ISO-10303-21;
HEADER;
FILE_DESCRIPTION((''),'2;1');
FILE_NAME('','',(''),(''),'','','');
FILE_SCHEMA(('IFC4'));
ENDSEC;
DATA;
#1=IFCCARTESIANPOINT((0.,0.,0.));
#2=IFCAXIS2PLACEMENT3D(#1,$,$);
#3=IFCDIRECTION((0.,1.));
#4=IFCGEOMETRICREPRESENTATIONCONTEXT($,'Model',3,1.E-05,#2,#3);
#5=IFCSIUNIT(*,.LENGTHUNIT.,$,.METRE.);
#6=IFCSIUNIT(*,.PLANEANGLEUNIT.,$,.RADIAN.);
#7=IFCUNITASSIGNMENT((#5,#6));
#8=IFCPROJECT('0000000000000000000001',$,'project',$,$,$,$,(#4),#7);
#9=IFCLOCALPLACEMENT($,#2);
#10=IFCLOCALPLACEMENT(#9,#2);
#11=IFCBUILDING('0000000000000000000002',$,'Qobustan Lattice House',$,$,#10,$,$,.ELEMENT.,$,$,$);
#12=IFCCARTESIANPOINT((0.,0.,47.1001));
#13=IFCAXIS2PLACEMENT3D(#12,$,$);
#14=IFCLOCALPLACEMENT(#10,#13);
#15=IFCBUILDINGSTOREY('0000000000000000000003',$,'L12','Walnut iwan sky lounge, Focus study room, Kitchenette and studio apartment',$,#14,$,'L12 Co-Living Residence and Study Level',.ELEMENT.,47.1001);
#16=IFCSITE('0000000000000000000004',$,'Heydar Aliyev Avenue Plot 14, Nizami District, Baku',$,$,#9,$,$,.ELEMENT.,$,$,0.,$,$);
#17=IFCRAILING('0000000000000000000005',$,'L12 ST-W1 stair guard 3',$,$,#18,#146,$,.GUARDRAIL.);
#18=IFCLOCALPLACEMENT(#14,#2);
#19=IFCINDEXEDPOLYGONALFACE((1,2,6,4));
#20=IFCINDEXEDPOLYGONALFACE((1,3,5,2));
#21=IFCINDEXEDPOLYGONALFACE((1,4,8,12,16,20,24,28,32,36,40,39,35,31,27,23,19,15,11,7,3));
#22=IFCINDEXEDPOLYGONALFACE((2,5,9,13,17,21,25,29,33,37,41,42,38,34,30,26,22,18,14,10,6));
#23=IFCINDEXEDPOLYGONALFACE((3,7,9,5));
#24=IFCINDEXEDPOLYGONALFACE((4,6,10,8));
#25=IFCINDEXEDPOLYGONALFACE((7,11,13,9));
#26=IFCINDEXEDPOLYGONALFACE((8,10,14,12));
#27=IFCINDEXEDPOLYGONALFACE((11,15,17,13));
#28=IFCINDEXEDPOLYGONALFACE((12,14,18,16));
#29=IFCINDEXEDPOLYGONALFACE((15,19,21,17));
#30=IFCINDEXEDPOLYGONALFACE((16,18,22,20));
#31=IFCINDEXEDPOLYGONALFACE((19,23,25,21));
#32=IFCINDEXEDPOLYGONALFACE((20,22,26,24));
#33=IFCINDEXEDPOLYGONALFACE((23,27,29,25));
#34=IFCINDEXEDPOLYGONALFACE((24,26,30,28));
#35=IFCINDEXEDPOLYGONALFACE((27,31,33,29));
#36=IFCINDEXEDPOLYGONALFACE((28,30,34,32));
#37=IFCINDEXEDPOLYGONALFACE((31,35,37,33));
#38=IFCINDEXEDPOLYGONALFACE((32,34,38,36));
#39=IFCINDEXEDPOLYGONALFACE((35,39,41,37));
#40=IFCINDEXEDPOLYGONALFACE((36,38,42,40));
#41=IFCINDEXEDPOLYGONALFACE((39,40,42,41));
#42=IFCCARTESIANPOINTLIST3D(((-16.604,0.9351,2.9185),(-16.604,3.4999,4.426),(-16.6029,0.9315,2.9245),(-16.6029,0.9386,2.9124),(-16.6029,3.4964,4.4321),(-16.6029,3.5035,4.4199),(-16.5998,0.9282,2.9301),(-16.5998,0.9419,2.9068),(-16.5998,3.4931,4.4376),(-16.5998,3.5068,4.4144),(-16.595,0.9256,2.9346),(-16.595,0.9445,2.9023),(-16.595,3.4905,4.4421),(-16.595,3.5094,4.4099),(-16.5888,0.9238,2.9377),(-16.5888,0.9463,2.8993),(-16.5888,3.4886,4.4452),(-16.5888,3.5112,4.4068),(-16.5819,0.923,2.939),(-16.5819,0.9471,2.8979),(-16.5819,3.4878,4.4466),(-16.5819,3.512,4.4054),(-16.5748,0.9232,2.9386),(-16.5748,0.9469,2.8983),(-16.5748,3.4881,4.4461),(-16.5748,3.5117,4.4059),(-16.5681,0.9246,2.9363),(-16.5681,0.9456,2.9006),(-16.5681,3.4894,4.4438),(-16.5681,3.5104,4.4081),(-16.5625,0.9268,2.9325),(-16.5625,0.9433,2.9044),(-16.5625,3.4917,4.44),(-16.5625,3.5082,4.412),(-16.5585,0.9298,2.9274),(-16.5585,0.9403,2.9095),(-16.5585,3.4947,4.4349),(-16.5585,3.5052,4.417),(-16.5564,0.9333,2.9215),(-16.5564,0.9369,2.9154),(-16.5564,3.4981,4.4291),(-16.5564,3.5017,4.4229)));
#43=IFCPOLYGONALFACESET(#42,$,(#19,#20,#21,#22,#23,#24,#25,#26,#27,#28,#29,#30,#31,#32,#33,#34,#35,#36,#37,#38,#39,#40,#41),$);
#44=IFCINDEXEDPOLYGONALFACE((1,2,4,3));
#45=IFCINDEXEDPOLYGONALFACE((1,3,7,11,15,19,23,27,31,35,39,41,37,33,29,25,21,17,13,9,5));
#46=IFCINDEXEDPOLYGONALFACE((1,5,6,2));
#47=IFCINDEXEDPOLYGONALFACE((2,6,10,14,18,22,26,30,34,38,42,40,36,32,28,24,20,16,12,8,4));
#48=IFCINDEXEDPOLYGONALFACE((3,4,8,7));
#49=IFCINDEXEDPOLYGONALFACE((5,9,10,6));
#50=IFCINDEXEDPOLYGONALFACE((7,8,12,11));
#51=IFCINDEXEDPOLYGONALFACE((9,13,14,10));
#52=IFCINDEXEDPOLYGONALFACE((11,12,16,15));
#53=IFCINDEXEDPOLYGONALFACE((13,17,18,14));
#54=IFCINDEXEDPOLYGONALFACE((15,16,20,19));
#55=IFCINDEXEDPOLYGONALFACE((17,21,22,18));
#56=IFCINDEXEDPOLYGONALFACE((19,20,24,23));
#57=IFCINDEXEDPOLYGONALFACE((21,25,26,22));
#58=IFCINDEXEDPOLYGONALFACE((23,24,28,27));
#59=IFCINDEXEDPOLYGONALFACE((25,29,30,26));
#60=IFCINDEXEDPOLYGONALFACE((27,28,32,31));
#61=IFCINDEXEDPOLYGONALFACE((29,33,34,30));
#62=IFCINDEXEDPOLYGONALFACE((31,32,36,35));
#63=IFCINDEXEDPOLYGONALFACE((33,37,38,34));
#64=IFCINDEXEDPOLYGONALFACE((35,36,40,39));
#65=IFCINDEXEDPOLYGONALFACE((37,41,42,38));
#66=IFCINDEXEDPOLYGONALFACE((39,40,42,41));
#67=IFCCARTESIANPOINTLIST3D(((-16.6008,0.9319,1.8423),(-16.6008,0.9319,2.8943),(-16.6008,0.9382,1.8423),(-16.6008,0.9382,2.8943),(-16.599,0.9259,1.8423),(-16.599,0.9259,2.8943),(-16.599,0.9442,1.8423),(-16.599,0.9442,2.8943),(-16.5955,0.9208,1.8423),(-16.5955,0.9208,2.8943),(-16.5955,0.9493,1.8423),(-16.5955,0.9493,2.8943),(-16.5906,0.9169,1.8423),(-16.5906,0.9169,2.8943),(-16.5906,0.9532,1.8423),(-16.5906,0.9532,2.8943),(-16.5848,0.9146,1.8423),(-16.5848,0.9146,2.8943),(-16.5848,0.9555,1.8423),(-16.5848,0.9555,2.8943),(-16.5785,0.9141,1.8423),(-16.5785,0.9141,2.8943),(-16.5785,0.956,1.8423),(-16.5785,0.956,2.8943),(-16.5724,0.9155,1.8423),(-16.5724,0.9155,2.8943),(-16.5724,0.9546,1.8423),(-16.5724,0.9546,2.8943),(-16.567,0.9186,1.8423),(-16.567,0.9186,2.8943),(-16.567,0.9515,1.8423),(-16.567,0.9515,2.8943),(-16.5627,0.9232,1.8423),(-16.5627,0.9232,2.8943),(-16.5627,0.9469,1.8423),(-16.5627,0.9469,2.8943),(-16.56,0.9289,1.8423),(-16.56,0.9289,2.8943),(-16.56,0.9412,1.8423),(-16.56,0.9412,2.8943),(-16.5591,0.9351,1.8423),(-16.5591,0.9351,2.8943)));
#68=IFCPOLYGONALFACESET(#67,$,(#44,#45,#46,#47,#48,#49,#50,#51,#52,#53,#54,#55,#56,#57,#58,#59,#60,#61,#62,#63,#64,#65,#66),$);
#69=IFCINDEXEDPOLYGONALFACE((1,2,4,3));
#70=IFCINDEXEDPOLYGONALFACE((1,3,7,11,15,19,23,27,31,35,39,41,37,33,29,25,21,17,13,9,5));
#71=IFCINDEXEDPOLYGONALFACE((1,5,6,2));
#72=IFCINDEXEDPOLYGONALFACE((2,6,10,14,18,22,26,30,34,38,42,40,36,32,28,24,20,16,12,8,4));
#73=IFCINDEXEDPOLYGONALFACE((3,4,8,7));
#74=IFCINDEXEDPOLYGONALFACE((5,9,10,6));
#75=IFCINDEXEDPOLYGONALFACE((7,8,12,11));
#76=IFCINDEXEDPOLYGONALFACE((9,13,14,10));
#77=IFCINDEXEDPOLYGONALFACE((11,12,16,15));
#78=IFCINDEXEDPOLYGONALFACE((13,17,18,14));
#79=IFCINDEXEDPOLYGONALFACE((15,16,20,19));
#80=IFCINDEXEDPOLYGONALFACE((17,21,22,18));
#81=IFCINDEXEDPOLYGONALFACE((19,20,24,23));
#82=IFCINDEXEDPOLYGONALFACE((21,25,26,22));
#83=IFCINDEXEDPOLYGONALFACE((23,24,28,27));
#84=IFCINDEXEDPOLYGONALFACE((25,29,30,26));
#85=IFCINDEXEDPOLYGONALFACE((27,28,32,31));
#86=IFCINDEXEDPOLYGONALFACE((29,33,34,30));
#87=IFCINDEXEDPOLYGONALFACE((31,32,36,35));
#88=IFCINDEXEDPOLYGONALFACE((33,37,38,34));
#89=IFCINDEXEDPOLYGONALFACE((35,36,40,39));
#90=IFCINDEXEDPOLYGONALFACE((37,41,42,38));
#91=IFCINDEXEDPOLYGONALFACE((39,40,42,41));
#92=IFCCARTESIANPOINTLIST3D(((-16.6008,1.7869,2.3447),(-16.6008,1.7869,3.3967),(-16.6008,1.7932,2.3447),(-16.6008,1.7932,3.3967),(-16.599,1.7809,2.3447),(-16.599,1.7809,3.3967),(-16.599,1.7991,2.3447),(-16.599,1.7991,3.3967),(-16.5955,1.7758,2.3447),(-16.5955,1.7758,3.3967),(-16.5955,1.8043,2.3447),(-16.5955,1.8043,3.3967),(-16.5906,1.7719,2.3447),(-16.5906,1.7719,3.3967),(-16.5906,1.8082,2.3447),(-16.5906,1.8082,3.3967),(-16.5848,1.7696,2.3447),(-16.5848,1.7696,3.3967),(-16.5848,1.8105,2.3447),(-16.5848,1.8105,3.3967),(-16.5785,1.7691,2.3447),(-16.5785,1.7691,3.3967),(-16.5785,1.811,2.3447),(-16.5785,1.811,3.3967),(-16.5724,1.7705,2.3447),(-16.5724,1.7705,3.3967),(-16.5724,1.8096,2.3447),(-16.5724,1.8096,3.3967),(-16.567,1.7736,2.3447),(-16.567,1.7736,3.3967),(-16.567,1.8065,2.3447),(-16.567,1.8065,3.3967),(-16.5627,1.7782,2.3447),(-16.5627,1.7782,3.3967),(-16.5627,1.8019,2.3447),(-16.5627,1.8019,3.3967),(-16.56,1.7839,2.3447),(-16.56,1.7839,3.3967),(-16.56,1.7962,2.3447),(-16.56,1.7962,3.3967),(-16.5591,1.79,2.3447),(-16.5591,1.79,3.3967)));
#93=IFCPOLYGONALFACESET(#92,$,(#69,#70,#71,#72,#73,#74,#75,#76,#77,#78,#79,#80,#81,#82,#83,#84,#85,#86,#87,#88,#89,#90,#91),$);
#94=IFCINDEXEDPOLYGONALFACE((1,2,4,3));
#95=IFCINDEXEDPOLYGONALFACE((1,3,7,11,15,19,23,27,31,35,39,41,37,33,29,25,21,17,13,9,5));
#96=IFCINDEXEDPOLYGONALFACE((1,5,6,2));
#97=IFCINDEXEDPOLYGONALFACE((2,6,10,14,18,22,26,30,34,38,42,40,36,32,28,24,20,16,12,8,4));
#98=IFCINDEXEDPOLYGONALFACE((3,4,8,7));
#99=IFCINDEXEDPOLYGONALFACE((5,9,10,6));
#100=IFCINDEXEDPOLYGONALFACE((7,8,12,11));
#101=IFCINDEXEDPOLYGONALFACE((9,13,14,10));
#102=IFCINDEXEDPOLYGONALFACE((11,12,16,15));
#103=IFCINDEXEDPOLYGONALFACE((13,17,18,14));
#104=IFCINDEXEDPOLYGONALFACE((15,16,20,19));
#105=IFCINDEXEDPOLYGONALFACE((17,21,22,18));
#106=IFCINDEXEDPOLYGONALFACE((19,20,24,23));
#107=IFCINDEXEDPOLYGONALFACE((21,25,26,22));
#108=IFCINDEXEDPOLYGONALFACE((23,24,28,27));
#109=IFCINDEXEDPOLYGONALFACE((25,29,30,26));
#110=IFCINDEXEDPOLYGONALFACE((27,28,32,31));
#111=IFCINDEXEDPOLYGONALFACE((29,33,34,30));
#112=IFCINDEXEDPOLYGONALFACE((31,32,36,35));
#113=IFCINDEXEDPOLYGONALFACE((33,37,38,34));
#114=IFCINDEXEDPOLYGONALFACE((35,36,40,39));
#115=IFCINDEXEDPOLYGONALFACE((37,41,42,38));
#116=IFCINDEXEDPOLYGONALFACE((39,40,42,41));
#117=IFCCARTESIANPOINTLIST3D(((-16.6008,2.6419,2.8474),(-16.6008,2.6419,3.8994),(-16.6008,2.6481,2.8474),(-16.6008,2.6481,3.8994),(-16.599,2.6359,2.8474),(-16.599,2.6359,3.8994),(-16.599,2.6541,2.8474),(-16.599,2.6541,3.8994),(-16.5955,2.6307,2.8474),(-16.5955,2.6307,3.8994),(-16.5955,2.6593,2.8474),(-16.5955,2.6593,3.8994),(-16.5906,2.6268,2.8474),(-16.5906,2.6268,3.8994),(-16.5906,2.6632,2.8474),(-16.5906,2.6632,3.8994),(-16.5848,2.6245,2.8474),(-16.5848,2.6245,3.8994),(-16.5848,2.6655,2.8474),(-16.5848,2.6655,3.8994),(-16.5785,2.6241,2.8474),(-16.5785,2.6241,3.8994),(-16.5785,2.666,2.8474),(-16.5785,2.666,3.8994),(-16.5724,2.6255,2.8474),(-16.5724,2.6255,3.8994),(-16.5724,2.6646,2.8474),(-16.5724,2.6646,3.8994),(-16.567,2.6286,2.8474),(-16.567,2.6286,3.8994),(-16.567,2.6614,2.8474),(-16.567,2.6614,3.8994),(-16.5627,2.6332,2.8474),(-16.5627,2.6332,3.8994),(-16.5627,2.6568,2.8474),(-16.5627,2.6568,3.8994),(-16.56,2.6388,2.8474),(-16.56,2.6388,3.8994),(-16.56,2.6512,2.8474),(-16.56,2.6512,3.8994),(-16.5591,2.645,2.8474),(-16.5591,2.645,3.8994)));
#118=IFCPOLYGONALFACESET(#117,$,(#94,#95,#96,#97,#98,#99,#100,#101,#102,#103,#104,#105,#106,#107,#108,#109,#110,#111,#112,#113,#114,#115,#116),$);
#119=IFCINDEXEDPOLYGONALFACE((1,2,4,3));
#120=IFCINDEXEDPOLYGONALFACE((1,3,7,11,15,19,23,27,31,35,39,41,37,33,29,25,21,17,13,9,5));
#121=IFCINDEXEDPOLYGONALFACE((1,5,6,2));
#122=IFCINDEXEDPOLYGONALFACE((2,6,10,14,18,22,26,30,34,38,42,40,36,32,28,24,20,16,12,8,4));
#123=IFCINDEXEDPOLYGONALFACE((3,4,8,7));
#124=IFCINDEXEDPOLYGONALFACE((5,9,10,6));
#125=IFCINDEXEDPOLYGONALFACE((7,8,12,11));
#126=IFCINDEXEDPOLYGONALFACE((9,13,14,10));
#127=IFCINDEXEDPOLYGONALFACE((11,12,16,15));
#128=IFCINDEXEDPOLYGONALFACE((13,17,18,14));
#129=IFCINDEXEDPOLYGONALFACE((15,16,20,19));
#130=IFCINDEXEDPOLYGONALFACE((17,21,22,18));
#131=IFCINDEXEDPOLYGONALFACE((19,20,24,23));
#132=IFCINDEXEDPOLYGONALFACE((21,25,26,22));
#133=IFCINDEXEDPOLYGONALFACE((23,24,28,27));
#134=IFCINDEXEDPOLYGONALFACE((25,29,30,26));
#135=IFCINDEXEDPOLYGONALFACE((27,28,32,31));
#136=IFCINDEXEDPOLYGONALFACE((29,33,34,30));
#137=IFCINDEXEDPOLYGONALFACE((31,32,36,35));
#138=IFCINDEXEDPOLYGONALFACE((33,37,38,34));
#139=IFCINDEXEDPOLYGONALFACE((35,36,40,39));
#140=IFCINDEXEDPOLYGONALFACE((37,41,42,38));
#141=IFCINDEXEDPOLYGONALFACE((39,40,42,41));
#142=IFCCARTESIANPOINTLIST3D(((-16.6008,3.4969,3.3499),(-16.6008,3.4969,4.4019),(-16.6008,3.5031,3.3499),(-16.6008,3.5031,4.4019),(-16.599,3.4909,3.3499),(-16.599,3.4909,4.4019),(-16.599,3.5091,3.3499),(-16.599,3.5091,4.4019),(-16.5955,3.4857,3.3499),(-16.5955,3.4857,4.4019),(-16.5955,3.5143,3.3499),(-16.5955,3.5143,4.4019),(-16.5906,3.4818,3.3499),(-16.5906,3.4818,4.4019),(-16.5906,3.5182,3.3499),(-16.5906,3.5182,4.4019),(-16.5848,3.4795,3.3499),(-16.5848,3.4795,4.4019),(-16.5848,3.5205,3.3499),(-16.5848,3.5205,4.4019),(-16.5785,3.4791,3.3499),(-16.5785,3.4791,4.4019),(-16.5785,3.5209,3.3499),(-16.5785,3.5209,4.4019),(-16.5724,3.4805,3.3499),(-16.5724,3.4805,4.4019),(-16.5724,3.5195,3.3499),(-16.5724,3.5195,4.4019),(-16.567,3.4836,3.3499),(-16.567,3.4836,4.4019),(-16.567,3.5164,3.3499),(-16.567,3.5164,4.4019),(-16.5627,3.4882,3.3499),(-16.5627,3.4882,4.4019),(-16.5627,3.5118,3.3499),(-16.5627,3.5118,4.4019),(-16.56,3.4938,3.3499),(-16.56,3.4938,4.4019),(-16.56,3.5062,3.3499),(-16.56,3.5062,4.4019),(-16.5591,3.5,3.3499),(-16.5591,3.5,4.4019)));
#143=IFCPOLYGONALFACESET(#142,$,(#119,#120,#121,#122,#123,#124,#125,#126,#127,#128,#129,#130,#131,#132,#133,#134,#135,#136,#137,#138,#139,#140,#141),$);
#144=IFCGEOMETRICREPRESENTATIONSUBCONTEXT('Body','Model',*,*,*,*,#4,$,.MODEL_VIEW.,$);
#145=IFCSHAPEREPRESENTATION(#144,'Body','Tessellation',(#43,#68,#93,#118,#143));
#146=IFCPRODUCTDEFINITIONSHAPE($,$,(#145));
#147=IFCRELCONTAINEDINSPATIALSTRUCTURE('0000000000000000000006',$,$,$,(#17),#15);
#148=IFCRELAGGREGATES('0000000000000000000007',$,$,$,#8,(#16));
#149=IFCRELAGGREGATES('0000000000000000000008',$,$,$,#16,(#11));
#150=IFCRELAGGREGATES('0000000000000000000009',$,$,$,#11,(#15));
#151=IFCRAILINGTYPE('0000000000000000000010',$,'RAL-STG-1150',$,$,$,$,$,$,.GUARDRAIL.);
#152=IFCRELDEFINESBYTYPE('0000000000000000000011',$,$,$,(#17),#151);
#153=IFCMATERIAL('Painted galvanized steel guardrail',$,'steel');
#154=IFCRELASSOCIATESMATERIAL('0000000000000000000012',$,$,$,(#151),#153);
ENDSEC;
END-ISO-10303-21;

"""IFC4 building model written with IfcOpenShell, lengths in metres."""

from ifc_helpers import new_model, si_unit, direction, frame, origin, origin_2d, place, context, subcontext, project, spatial, circle, extrude, material, type_object, element, save


model = new_model("IFC4")

# Units and contexts
model_context = context("Model", 3, precision=1e-05, world=origin(), true_north=direction((0.0, 1.0)))
body_context = subcontext(model_context, "Body", "Model", "MODEL_VIEW")
ifc_project = project(units=[si_unit("LENGTHUNIT", "METRE"), si_unit("PLANEANGLEUNIT", "RADIAN")], contexts=[model_context])

# Site, building, storey
site_placement = place(None, origin())
site = spatial("IfcSite", under=ifc_project, at=site_placement, Name="Heydar Aliyev Avenue Plot 14, Nizami District, Baku", CompositionType="ELEMENT", RefElevation=0.0)
building_placement = place(site_placement, origin())
building = spatial("IfcBuilding", under=site, at=building_placement, Name="Qobustan Lattice House", CompositionType="ELEMENT")
storey_placement = place(building_placement, frame((0.0, 0.0, 47.1001)))
storey = spatial("IfcBuildingStorey", under=building, at=storey_placement, Name="L12", Description="Walnut iwan sky lounge, Focus study room, Kitchenette and studio apartment", LongName="L12 Co-Living Residence and Study Level", CompositionType="ELEMENT", Elevation=47.1001)

# Railing
ifc_material_1 = material(Name="Painted galvanized steel guardrail", Category="steel")
railing_type_1 = type_object("IfcRailingType", Name="RAL-STG-1150", PredefinedType="GUARDRAIL", material=ifc_material_1)
railing_1_placement = place(storey_placement, frame((-16.5801, 0.9351, 1.8423)))
element("IfcRailing", 1, at=railing_1_placement, inside=storey, type_object=railing_type_1, Name="L12 ST-W1 stair guard 3", PredefinedType="GUARDRAIL", context=body_context, shape_type="SweptSolid", body=[
    extrude(circle(Radius=0.0239, at=origin_2d()), frame((0.0, 0.0, 1.0762), z_axis=(0.0, 0.862113, 0.506715), x_axis=(-1.0, 0.0, 0.0)), (0.0, 0.0, 1.0), 2.9751),
    extrude(circle(Radius=0.021, at=origin_2d()), origin(), (0.0, 0.0, 1.0), 1.052),
    extrude(circle(Radius=0.021, at=origin_2d()), frame((0.0, 0.855, 0.5024)), (0.0, 0.0, 1.0), 1.052),
    extrude(circle(Radius=0.021, at=origin_2d()), frame((0.0, 1.71, 1.0051)), (0.0, 0.0, 1.0), 1.052),
    extrude(circle(Radius=0.021, at=origin_2d()), frame((0.0, 2.5649, 1.5076)), (0.0, 0.0, 1.0), 1.052),
])

save(model, "model.ifc")
